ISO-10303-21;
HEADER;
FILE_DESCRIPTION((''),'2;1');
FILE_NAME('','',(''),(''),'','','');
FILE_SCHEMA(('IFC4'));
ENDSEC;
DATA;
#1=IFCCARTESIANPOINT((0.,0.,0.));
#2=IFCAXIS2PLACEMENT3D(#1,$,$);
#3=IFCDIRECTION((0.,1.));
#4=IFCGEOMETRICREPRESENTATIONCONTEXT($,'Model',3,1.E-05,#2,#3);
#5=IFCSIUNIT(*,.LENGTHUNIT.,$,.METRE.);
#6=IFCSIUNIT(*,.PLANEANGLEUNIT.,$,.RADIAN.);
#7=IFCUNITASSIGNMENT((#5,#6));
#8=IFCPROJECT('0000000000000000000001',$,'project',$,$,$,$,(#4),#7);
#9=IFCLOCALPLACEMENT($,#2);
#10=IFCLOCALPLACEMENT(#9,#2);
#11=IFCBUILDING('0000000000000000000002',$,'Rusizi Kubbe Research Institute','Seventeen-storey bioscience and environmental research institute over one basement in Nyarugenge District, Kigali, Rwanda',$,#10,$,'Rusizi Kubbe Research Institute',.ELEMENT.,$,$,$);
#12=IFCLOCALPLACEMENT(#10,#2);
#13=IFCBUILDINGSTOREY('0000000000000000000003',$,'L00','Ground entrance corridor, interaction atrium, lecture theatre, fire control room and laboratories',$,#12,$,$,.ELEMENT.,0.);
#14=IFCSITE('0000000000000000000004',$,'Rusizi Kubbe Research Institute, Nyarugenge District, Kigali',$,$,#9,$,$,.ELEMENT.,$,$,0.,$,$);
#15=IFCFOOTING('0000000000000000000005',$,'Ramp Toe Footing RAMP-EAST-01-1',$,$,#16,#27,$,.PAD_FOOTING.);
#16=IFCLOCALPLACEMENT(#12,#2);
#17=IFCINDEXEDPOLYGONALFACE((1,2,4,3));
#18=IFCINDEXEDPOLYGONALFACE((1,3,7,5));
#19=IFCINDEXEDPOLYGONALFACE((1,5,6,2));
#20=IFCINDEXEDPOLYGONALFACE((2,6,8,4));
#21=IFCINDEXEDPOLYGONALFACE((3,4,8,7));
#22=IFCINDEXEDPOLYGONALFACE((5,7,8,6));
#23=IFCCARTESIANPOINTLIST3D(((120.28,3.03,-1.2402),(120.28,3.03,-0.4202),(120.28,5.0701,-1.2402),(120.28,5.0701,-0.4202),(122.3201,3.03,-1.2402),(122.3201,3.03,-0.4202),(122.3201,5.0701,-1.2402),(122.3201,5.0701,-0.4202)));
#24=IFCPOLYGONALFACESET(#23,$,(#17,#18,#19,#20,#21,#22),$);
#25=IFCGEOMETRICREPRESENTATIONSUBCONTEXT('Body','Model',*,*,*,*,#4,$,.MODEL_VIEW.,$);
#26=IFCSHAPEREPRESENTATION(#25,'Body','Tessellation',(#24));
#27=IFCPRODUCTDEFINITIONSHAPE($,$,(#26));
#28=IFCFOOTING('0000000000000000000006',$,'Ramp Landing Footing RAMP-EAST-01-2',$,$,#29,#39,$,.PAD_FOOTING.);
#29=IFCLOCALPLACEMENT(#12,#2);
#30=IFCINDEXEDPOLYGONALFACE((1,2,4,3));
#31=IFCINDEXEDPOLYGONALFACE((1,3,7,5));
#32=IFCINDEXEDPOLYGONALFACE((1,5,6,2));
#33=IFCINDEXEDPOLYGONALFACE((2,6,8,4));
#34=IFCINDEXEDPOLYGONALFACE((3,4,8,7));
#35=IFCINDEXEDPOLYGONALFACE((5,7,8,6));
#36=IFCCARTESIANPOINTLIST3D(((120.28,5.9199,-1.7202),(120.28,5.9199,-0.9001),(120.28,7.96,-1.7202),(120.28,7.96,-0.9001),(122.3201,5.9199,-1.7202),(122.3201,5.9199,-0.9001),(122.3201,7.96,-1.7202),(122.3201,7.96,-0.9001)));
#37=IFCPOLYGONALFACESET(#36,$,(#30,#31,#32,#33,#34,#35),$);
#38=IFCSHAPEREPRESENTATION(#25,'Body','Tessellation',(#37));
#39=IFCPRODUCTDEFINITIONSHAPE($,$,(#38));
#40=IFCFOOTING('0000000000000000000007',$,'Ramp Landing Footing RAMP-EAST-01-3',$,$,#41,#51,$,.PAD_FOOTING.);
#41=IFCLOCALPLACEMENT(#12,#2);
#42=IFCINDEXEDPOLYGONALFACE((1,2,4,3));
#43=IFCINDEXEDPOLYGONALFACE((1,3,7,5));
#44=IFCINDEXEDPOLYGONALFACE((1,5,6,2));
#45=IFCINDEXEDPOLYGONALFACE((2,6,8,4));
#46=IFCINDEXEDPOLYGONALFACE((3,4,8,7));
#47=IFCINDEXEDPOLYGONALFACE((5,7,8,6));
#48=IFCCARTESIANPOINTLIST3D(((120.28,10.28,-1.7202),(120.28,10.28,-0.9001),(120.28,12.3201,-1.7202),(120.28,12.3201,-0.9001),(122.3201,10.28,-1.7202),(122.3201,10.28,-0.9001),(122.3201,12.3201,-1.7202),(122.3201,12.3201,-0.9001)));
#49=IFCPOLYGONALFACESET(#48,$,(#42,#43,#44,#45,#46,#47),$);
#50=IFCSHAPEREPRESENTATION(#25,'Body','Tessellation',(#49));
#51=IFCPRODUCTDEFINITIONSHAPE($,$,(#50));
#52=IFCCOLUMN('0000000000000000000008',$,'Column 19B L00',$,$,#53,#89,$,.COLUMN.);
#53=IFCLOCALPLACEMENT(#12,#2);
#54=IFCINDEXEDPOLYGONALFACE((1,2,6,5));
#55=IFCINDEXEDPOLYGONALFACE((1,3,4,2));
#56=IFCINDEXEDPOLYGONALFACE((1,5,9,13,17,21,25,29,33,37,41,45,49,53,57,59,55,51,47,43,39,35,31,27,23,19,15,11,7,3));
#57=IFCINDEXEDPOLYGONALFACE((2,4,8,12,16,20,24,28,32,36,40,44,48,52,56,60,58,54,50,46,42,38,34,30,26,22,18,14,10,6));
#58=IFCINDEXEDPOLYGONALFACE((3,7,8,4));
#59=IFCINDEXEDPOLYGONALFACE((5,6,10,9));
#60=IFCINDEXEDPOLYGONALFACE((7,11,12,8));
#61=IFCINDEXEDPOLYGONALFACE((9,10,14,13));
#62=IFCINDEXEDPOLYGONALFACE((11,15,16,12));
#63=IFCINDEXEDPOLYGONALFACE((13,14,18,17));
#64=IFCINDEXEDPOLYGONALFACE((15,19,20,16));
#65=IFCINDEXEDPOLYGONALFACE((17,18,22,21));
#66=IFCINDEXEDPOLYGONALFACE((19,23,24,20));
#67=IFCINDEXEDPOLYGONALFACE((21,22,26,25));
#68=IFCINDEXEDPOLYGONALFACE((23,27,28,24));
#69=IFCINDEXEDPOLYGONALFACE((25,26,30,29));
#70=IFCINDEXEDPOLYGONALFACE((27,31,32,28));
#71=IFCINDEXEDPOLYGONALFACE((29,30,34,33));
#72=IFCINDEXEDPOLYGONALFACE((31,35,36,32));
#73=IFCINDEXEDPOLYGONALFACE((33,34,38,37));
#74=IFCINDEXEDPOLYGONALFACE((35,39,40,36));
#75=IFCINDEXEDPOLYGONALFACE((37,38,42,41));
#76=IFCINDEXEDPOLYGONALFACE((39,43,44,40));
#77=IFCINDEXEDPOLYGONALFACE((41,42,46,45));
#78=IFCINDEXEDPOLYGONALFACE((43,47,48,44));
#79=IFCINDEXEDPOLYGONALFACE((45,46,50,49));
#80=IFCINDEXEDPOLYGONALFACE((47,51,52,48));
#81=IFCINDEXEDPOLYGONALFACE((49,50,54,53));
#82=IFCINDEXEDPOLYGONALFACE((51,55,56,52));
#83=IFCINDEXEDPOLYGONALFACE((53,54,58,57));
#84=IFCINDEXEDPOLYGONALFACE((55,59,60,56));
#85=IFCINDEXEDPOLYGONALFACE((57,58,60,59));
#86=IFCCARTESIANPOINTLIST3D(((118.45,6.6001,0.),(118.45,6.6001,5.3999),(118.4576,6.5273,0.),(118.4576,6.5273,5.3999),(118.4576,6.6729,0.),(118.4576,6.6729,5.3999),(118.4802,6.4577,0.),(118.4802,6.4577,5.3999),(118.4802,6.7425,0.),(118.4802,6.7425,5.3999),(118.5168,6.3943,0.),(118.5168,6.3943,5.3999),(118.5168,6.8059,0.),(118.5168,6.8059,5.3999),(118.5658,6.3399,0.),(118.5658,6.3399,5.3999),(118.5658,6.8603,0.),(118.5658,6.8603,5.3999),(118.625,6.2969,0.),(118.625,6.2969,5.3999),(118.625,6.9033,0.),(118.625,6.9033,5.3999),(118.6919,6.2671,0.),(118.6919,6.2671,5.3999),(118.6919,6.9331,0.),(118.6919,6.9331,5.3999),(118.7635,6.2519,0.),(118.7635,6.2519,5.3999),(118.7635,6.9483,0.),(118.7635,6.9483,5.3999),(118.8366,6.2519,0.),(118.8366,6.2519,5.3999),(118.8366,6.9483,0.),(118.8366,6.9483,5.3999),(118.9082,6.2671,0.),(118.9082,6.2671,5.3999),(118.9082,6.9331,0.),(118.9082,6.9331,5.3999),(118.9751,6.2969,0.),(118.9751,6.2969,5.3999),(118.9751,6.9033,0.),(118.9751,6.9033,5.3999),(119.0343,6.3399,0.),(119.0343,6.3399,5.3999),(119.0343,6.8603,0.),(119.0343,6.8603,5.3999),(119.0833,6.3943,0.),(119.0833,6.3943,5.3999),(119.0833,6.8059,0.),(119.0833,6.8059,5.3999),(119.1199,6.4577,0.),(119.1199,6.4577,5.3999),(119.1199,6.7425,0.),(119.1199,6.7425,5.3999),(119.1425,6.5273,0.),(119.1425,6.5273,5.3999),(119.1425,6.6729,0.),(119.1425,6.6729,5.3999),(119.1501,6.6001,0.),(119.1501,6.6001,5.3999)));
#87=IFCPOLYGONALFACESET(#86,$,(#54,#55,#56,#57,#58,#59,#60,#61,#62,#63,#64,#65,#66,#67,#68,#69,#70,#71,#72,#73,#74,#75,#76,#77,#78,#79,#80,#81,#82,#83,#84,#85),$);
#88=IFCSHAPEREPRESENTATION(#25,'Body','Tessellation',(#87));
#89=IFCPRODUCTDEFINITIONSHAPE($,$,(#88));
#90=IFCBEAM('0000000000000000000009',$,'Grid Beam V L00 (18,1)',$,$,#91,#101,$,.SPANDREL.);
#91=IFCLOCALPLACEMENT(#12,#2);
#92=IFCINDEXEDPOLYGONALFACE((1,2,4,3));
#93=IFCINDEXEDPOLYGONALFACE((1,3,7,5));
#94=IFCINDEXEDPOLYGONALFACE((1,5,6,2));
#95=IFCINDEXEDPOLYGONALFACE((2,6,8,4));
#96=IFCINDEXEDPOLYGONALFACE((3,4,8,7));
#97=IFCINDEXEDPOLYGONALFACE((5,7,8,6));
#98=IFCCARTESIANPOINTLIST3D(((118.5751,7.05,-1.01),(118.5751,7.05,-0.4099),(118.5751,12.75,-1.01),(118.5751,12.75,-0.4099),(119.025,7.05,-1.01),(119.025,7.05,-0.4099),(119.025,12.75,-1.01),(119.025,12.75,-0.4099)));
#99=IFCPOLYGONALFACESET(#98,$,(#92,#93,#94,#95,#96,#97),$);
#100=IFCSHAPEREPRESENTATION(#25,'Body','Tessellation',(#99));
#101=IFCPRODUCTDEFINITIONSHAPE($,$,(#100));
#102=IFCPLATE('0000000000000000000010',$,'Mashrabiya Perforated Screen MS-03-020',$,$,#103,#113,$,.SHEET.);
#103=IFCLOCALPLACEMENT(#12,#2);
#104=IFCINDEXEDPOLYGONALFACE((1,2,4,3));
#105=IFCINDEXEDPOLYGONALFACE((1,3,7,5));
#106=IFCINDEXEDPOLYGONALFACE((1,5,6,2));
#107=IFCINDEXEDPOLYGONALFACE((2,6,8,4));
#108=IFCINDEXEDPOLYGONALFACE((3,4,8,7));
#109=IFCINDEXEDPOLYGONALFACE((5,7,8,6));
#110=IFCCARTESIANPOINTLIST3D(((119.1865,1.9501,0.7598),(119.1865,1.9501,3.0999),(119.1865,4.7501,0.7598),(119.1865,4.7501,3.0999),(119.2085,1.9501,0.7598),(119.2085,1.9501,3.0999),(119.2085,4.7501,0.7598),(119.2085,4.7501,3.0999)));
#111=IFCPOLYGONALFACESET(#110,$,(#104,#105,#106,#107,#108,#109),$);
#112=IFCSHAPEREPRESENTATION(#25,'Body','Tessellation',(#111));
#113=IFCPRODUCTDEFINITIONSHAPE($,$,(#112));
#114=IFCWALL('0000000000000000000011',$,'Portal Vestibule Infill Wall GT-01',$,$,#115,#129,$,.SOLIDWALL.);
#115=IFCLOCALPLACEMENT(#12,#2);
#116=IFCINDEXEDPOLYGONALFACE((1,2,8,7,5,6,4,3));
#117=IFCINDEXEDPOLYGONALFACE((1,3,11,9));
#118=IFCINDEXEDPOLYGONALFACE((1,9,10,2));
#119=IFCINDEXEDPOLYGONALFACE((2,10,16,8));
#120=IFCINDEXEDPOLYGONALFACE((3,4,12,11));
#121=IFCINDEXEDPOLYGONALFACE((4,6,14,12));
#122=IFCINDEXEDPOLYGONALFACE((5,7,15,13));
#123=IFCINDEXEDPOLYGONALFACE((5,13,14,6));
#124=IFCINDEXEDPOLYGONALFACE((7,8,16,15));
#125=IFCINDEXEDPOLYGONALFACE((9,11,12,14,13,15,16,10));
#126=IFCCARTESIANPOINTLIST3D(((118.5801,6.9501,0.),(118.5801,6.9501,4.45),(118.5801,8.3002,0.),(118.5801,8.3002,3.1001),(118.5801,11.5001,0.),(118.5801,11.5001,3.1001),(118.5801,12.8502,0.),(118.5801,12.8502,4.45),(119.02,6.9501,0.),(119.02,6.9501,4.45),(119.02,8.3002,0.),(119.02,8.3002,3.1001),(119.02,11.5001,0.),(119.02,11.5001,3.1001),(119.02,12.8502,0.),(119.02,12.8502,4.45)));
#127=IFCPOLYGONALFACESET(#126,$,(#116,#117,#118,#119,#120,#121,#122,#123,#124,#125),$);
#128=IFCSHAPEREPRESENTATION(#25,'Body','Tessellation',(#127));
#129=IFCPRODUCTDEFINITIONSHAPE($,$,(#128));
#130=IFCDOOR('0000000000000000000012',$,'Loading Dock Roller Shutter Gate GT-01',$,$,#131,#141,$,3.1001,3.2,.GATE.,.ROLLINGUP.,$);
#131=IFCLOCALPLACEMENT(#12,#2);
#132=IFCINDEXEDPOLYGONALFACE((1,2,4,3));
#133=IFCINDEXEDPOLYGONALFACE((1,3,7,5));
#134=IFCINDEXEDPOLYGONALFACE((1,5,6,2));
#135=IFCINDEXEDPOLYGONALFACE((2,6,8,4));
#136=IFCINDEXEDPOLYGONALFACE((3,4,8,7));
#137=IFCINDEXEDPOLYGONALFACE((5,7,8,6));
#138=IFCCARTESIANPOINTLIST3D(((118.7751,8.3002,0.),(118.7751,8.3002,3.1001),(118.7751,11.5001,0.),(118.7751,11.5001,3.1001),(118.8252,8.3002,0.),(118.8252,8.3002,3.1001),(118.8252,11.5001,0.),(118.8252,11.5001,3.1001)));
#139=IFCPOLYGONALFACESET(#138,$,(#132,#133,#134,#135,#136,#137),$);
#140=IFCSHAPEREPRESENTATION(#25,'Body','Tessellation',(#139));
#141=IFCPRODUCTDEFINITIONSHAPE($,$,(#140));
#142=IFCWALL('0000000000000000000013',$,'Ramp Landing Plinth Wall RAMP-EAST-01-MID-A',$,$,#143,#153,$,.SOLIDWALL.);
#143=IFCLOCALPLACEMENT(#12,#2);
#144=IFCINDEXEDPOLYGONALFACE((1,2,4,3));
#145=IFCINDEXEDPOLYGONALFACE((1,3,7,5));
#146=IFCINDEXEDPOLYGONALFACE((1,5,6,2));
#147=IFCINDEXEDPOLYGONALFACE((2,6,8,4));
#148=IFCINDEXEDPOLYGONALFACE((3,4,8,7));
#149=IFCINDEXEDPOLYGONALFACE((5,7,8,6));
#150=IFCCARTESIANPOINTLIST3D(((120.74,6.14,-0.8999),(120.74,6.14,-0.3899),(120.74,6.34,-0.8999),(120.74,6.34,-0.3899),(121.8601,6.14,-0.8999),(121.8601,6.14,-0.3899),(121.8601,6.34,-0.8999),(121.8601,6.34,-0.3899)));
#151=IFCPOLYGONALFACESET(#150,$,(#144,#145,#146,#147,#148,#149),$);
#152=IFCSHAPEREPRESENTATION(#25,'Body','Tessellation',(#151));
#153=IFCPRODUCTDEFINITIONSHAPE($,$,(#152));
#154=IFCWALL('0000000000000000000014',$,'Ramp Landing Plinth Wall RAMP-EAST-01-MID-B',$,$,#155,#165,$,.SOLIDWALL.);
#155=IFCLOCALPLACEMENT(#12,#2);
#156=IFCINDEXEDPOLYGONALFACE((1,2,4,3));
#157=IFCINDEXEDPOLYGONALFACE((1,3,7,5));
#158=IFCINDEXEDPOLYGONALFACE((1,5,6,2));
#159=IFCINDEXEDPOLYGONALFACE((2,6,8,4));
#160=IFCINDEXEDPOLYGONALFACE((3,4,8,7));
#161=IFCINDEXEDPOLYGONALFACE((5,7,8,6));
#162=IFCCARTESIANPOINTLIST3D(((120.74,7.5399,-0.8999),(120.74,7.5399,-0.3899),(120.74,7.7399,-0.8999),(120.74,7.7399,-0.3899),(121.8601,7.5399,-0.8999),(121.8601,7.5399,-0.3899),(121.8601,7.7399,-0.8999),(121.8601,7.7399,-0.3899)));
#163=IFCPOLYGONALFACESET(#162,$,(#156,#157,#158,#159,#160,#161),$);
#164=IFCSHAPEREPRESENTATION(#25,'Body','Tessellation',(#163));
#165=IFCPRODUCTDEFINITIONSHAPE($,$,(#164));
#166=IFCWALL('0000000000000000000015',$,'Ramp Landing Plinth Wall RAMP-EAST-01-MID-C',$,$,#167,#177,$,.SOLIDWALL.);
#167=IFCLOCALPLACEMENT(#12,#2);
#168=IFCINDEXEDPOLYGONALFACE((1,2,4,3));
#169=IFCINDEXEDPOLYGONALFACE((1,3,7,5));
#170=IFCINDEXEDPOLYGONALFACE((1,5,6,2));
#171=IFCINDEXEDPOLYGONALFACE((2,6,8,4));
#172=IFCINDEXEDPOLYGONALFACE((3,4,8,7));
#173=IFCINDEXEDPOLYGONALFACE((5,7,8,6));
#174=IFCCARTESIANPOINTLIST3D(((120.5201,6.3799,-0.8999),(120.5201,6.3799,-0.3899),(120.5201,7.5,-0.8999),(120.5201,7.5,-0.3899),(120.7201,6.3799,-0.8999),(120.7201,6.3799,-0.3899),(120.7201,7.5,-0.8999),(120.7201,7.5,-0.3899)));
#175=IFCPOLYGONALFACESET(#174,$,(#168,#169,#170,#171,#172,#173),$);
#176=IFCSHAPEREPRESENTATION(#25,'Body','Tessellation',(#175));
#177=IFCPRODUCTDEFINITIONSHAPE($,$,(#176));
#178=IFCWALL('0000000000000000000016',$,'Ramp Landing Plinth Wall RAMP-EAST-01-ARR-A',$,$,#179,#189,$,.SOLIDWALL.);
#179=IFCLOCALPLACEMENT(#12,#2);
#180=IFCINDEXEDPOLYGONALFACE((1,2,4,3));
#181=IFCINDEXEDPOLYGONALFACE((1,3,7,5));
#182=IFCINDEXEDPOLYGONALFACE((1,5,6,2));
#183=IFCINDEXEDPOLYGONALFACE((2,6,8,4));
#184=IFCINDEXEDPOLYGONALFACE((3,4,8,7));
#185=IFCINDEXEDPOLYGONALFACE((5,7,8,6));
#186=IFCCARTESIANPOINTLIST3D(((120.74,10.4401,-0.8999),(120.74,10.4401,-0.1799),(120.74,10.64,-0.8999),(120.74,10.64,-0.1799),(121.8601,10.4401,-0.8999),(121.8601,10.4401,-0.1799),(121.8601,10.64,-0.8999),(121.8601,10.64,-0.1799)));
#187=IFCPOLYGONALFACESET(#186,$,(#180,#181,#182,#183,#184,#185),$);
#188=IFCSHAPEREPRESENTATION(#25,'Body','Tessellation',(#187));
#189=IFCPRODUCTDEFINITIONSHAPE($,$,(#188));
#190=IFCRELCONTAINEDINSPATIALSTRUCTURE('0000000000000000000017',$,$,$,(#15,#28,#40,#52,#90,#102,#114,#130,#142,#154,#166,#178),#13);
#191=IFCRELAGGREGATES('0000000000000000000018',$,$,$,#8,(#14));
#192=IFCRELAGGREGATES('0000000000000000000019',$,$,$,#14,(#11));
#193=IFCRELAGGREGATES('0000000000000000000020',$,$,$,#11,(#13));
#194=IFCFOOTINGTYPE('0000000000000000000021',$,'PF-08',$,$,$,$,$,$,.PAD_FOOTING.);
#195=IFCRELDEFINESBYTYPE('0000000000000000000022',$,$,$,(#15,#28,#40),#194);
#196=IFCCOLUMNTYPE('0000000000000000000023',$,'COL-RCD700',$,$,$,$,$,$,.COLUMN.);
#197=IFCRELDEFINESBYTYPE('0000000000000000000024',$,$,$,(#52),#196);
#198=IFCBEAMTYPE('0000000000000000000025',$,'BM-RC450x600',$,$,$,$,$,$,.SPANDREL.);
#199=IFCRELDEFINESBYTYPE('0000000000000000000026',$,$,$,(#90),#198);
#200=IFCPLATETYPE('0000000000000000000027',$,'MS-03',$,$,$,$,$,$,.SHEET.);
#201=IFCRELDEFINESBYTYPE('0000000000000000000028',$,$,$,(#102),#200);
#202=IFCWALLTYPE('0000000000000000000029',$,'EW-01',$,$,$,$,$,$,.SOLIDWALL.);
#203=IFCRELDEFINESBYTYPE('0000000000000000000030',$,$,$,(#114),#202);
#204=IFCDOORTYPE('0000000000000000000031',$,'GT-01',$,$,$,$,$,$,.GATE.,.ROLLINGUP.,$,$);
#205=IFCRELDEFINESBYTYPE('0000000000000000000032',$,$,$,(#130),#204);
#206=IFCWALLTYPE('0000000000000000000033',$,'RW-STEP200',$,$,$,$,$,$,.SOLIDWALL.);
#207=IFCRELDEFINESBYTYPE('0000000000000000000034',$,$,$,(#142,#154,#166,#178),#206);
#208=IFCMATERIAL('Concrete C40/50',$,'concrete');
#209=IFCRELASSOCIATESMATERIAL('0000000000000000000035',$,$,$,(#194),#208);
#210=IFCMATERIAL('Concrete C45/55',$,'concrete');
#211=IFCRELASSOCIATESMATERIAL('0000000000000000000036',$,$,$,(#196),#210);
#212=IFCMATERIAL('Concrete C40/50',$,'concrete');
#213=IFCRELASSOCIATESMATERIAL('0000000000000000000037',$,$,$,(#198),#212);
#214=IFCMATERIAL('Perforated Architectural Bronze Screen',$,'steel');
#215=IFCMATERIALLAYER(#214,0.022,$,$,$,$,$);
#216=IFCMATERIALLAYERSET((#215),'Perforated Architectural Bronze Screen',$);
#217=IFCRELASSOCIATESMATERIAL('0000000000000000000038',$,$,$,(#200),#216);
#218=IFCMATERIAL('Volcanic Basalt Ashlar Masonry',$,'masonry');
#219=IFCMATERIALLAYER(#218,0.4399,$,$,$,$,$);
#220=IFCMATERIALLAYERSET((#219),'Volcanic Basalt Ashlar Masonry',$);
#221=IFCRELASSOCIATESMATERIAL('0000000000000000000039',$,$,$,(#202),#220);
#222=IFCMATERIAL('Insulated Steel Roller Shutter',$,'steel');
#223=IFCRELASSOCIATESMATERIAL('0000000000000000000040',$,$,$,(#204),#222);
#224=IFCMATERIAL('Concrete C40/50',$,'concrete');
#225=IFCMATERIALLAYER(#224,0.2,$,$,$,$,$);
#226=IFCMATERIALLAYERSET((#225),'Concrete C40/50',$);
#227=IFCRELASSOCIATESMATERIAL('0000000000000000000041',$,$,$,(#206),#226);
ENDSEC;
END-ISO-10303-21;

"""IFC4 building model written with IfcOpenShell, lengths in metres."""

from ifc_helpers import new_model, si_unit, direction, frame, frame_2d, origin, origin_2d, place, context, subcontext, project, spatial, rectangle, circle, extrude, material, layer, layer_set, material_profile, profile_set, type_object, element, fill, save


model = new_model("IFC4")

# Units and contexts
model_context = context("Model", 3, precision=1e-05, world=origin(), true_north=direction((0.0, 1.0)))
body_context = subcontext(model_context, "Body", "Model", "MODEL_VIEW")
ifc_project = project(units=[si_unit("LENGTHUNIT", "METRE"), si_unit("PLANEANGLEUNIT", "RADIAN")], contexts=[model_context])

# Site, building, storey
site_placement = place(None, origin())
site = spatial("IfcSite", under=ifc_project, at=site_placement, Name="Rusizi Kubbe Research Institute, Nyarugenge District, Kigali", CompositionType="ELEMENT", RefElevation=0.0)
building_placement = place(site_placement, origin())
building = spatial("IfcBuilding", under=site, at=building_placement, Name="Rusizi Kubbe Research Institute", Description="Seventeen-storey bioscience and environmental research institute over one basement in Nyarugenge District, Kigali, Rwanda", LongName="Rusizi Kubbe Research Institute", CompositionType="ELEMENT")
storey_placement = place(building_placement, origin())
storey = spatial("IfcBuildingStorey", under=building, at=storey_placement, Name="L00", Description="Ground entrance corridor, interaction atrium, lecture theatre, fire control room and laboratories", CompositionType="ELEMENT", Elevation=0.0)

# Footings
ifc_material_1 = material(Name="Concrete C40/50", Category="concrete")
footing_type = type_object("IfcFootingType", Name="PF-08", PredefinedType="PAD_FOOTING", material=ifc_material_1)
for number, where, z_axis, x_axis, name in (
    (1, (121.3, 4.05, -1.2402), (0.0, 0.0, 1.0), (1.0, 0.0, 0.0), "Ramp Toe Footing RAMP-EAST-01-1"),
    (2, (121.3, 6.9399, -1.7202), (0.0, 0.0, 1.0), (1.0, 0.0, 0.0), "Ramp Landing Footing RAMP-EAST-01-2"),
    (3, (121.3, 11.3, -1.7202), (0.0, 0.0, 1.0), (1.0, 0.0, 0.0), "Ramp Landing Footing RAMP-EAST-01-3"),
):
    element("IfcFooting", number, at=place(storey_placement, frame(where, z_axis=z_axis, x_axis=x_axis)), inside=storey, type_object=footing_type, Name=name, PredefinedType="PAD_FOOTING", context=body_context, shape_type="SweptSolid", body=[
        extrude(rectangle(XDim=2.04, YDim=2.04, at=origin_2d()), origin(), (0.0, 0.0, 1.0), 0.8201),
    ])

# Column
ifc_material_2 = material(Name="Concrete C45/55", Category="concrete")
ifc_material_profile_1 = material_profile(ifc_material_2, circle(Radius=0.3501, at=origin_2d()), Name="RCD700")
ifc_profile_set_1 = profile_set([ifc_material_profile_1], Name="Concrete C45/55")
column_type = type_object("IfcColumnType", Name="COL-RCD700", PredefinedType="COLUMN", material=ifc_profile_set_1)
column_placement = place(storey_placement, frame((118.8, 6.6001, 0.0), z_axis=(0.0, 0.0, 1.0), x_axis=(1.0, 0.0, 0.0)))
element("IfcColumn", 4, at=column_placement, inside=storey, type_object=column_type, Name="Column 19B L00", PredefinedType="COLUMN", context=body_context, shape_type="SweptSolid", body=[
    extrude(circle(Radius=0.3501, at=origin_2d()), origin(), (0.0, 0.0, 1.0), 5.3999),
])

# Beam
ifc_material_3 = material(Name="Concrete C40/50", Category="concrete")
ifc_material_profile_2 = material_profile(ifc_material_3, rectangle(XDim=0.45, YDim=0.6001, at=origin_2d()), Name="RC450x600")
ifc_profile_set_2 = profile_set([ifc_material_profile_2], Name="Concrete C40/50")
beam_type = type_object("IfcBeamType", Name="BM-RC450x600", PredefinedType="SPANDREL", material=ifc_profile_set_2)
beam_placement = place(storey_placement, frame((118.8, 7.05, -0.71), z_axis=(0.0, 1.0, 0.0), x_axis=(-1.0, 0.0, 0.0)))
element("IfcBeam", 5, at=beam_placement, inside=storey, type_object=beam_type, Name="Grid Beam V L00 (18,1)", PredefinedType="SPANDREL", context=body_context, shape_type="SweptSolid", body=[
    extrude(rectangle(XDim=0.45, YDim=0.6001, at=origin_2d()), origin(), (0.0, 0.0, 1.0), 5.7),
])

# Plate
ifc_material_4 = material(Name="Perforated Architectural Bronze Screen", Category="steel")
ifc_layer_1 = layer(ifc_material_4, 0.022)
ifc_layer_set_1 = layer_set([ifc_layer_1], Name="Perforated Architectural Bronze Screen")
plate_type = type_object("IfcPlateType", Name="MS-03", PredefinedType="SHEET", material=ifc_layer_set_1)
plate_placement = place(storey_placement, frame((119.1975, 3.3501, 0.7598), z_axis=(0.0, 0.0, 1.0), x_axis=(0.0, 1.0, 0.0)))
element("IfcPlate", 6, at=plate_placement, inside=storey, type_object=plate_type, Name="Mashrabiya Perforated Screen MS-03-020", PredefinedType="SHEET", context=body_context, shape_type="SweptSolid", body=[
    extrude(rectangle(XDim=2.8, YDim=0.022, at=origin_2d()), origin(), (0.0, 0.0, 1.0), 2.3401),
])

# Wall, opening, door
ifc_material_5 = material(Name="Volcanic Basalt Ashlar Masonry", Category="masonry")
ifc_layer_2 = layer(ifc_material_5, 0.4399)
ifc_layer_set_2 = layer_set([ifc_layer_2], Name="Volcanic Basalt Ashlar Masonry")
wall_type_1 = type_object("IfcWallType", Name="EW-01", PredefinedType="SOLIDWALL", material=ifc_layer_set_2)
wall_1_placement = place(storey_placement, frame((118.8, 6.95, 0.0), z_axis=(0.0, 0.0, 1.0), x_axis=(0.0, 1.0, 0.0)))
wall_1 = element("IfcWall", 7, at=wall_1_placement, inside=storey, type_object=wall_type_1, Name="Portal Vestibule Infill Wall GT-01", PredefinedType="SOLIDWALL", context=body_context, shape_type="SweptSolid", body=[
    extrude(rectangle(XDim=5.9001, YDim=0.4399, at=frame_2d((2.9502, 0.0))), origin(), (0.0, 0.0, 1.0), 4.45),
])
opening_placement = place(wall_1_placement, frame((1.3501, 0.0, 0.0)))
opening = element("IfcOpeningElement", 8, at=opening_placement, cuts=wall_1, PredefinedType="OPENING", context=body_context, shape_type="SweptSolid", body=[
    extrude(rectangle(XDim=3.2, YDim=3.1001, at=frame_2d((1.6001, 1.55))), frame((0.0, 0.23, 0.0), z_axis=(0.0, -1.0, 0.0), x_axis=(1.0, 0.0, 0.0)), (0.0, 0.0, 1.0), 0.46),
])
ifc_material_6 = material(Name="Insulated Steel Roller Shutter", Category="steel")
door_type = type_object("IfcDoorType", Name="GT-01", OperationType="ROLLINGUP", PredefinedType="GATE", material=ifc_material_6)
door_placement = place(opening_placement, origin())
door = element("IfcDoor", 9, at=door_placement, inside=storey, type_object=door_type, Name="Loading Dock Roller Shutter Gate GT-01", OperationType="ROLLINGUP", OverallHeight=3.1001, OverallWidth=3.2, PredefinedType="GATE", context=body_context, shape_type="SweptSolid", body=[
    extrude(rectangle(XDim=3.2, YDim=3.1001, at=frame_2d((1.6001, 1.55))), frame((0.0, 0.0249, 0.0), z_axis=(0.0, -1.0, 0.0), x_axis=(1.0, 0.0, 0.0)), (0.0, 0.0, 1.0), 0.05),
])
fill(opening, door)

# Walls
ifc_material_7 = material(Name="Concrete C40/50", Category="concrete")
ifc_layer_3 = layer(ifc_material_7, 0.2)
ifc_layer_set_3 = layer_set([ifc_layer_3], Name="Concrete C40/50")
wall_type_2 = type_object("IfcWallType", Name="RW-STEP200", PredefinedType="SOLIDWALL", material=ifc_layer_set_3)
for number, where, z_axis, x_axis, name in (
    (10, (120.74, 6.24, -0.8999), (0.0, 0.0, 1.0), (1.0, 0.0, 0.0), "Ramp Landing Plinth Wall RAMP-EAST-01-MID-A"),
    (11, (120.74, 7.6399, -0.8999), (0.0, 0.0, 1.0), (1.0, 0.0, 0.0), "Ramp Landing Plinth Wall RAMP-EAST-01-MID-B"),
    (12, (120.6201, 6.3799, -0.8999), (0.0, 0.0, 1.0), (0.0, 1.0, 0.0), "Ramp Landing Plinth Wall RAMP-EAST-01-MID-C"),
):
    element("IfcWall", number, at=place(storey_placement, frame(where, z_axis=z_axis, x_axis=x_axis)), inside=storey, type_object=wall_type_2, Name=name, PredefinedType="SOLIDWALL", context=body_context, shape_type="SweptSolid", body=[
        extrude(rectangle(XDim=1.1201, YDim=0.2, at=frame_2d((0.5601, 0.0))), origin(), (0.0, 0.0, 1.0), 0.51),
    ])
for number, where, z_axis, x_axis, name in (
    (13, (120.74, 10.54, -0.8999), (0.0, 0.0, 1.0), (1.0, 0.0, 0.0), "Ramp Landing Plinth Wall RAMP-EAST-01-ARR-A"),
):
    element("IfcWall", number, at=place(storey_placement, frame(where, z_axis=z_axis, x_axis=x_axis)), inside=storey, type_object=wall_type_2, Name=name, PredefinedType="SOLIDWALL", context=body_context, shape_type="SweptSolid", body=[
        extrude(rectangle(XDim=1.1201, YDim=0.2, at=frame_2d((0.5601, 0.0))), origin(), (0.0, 0.0, 1.0), 0.72),
    ])

save(model, "model.ifc")
